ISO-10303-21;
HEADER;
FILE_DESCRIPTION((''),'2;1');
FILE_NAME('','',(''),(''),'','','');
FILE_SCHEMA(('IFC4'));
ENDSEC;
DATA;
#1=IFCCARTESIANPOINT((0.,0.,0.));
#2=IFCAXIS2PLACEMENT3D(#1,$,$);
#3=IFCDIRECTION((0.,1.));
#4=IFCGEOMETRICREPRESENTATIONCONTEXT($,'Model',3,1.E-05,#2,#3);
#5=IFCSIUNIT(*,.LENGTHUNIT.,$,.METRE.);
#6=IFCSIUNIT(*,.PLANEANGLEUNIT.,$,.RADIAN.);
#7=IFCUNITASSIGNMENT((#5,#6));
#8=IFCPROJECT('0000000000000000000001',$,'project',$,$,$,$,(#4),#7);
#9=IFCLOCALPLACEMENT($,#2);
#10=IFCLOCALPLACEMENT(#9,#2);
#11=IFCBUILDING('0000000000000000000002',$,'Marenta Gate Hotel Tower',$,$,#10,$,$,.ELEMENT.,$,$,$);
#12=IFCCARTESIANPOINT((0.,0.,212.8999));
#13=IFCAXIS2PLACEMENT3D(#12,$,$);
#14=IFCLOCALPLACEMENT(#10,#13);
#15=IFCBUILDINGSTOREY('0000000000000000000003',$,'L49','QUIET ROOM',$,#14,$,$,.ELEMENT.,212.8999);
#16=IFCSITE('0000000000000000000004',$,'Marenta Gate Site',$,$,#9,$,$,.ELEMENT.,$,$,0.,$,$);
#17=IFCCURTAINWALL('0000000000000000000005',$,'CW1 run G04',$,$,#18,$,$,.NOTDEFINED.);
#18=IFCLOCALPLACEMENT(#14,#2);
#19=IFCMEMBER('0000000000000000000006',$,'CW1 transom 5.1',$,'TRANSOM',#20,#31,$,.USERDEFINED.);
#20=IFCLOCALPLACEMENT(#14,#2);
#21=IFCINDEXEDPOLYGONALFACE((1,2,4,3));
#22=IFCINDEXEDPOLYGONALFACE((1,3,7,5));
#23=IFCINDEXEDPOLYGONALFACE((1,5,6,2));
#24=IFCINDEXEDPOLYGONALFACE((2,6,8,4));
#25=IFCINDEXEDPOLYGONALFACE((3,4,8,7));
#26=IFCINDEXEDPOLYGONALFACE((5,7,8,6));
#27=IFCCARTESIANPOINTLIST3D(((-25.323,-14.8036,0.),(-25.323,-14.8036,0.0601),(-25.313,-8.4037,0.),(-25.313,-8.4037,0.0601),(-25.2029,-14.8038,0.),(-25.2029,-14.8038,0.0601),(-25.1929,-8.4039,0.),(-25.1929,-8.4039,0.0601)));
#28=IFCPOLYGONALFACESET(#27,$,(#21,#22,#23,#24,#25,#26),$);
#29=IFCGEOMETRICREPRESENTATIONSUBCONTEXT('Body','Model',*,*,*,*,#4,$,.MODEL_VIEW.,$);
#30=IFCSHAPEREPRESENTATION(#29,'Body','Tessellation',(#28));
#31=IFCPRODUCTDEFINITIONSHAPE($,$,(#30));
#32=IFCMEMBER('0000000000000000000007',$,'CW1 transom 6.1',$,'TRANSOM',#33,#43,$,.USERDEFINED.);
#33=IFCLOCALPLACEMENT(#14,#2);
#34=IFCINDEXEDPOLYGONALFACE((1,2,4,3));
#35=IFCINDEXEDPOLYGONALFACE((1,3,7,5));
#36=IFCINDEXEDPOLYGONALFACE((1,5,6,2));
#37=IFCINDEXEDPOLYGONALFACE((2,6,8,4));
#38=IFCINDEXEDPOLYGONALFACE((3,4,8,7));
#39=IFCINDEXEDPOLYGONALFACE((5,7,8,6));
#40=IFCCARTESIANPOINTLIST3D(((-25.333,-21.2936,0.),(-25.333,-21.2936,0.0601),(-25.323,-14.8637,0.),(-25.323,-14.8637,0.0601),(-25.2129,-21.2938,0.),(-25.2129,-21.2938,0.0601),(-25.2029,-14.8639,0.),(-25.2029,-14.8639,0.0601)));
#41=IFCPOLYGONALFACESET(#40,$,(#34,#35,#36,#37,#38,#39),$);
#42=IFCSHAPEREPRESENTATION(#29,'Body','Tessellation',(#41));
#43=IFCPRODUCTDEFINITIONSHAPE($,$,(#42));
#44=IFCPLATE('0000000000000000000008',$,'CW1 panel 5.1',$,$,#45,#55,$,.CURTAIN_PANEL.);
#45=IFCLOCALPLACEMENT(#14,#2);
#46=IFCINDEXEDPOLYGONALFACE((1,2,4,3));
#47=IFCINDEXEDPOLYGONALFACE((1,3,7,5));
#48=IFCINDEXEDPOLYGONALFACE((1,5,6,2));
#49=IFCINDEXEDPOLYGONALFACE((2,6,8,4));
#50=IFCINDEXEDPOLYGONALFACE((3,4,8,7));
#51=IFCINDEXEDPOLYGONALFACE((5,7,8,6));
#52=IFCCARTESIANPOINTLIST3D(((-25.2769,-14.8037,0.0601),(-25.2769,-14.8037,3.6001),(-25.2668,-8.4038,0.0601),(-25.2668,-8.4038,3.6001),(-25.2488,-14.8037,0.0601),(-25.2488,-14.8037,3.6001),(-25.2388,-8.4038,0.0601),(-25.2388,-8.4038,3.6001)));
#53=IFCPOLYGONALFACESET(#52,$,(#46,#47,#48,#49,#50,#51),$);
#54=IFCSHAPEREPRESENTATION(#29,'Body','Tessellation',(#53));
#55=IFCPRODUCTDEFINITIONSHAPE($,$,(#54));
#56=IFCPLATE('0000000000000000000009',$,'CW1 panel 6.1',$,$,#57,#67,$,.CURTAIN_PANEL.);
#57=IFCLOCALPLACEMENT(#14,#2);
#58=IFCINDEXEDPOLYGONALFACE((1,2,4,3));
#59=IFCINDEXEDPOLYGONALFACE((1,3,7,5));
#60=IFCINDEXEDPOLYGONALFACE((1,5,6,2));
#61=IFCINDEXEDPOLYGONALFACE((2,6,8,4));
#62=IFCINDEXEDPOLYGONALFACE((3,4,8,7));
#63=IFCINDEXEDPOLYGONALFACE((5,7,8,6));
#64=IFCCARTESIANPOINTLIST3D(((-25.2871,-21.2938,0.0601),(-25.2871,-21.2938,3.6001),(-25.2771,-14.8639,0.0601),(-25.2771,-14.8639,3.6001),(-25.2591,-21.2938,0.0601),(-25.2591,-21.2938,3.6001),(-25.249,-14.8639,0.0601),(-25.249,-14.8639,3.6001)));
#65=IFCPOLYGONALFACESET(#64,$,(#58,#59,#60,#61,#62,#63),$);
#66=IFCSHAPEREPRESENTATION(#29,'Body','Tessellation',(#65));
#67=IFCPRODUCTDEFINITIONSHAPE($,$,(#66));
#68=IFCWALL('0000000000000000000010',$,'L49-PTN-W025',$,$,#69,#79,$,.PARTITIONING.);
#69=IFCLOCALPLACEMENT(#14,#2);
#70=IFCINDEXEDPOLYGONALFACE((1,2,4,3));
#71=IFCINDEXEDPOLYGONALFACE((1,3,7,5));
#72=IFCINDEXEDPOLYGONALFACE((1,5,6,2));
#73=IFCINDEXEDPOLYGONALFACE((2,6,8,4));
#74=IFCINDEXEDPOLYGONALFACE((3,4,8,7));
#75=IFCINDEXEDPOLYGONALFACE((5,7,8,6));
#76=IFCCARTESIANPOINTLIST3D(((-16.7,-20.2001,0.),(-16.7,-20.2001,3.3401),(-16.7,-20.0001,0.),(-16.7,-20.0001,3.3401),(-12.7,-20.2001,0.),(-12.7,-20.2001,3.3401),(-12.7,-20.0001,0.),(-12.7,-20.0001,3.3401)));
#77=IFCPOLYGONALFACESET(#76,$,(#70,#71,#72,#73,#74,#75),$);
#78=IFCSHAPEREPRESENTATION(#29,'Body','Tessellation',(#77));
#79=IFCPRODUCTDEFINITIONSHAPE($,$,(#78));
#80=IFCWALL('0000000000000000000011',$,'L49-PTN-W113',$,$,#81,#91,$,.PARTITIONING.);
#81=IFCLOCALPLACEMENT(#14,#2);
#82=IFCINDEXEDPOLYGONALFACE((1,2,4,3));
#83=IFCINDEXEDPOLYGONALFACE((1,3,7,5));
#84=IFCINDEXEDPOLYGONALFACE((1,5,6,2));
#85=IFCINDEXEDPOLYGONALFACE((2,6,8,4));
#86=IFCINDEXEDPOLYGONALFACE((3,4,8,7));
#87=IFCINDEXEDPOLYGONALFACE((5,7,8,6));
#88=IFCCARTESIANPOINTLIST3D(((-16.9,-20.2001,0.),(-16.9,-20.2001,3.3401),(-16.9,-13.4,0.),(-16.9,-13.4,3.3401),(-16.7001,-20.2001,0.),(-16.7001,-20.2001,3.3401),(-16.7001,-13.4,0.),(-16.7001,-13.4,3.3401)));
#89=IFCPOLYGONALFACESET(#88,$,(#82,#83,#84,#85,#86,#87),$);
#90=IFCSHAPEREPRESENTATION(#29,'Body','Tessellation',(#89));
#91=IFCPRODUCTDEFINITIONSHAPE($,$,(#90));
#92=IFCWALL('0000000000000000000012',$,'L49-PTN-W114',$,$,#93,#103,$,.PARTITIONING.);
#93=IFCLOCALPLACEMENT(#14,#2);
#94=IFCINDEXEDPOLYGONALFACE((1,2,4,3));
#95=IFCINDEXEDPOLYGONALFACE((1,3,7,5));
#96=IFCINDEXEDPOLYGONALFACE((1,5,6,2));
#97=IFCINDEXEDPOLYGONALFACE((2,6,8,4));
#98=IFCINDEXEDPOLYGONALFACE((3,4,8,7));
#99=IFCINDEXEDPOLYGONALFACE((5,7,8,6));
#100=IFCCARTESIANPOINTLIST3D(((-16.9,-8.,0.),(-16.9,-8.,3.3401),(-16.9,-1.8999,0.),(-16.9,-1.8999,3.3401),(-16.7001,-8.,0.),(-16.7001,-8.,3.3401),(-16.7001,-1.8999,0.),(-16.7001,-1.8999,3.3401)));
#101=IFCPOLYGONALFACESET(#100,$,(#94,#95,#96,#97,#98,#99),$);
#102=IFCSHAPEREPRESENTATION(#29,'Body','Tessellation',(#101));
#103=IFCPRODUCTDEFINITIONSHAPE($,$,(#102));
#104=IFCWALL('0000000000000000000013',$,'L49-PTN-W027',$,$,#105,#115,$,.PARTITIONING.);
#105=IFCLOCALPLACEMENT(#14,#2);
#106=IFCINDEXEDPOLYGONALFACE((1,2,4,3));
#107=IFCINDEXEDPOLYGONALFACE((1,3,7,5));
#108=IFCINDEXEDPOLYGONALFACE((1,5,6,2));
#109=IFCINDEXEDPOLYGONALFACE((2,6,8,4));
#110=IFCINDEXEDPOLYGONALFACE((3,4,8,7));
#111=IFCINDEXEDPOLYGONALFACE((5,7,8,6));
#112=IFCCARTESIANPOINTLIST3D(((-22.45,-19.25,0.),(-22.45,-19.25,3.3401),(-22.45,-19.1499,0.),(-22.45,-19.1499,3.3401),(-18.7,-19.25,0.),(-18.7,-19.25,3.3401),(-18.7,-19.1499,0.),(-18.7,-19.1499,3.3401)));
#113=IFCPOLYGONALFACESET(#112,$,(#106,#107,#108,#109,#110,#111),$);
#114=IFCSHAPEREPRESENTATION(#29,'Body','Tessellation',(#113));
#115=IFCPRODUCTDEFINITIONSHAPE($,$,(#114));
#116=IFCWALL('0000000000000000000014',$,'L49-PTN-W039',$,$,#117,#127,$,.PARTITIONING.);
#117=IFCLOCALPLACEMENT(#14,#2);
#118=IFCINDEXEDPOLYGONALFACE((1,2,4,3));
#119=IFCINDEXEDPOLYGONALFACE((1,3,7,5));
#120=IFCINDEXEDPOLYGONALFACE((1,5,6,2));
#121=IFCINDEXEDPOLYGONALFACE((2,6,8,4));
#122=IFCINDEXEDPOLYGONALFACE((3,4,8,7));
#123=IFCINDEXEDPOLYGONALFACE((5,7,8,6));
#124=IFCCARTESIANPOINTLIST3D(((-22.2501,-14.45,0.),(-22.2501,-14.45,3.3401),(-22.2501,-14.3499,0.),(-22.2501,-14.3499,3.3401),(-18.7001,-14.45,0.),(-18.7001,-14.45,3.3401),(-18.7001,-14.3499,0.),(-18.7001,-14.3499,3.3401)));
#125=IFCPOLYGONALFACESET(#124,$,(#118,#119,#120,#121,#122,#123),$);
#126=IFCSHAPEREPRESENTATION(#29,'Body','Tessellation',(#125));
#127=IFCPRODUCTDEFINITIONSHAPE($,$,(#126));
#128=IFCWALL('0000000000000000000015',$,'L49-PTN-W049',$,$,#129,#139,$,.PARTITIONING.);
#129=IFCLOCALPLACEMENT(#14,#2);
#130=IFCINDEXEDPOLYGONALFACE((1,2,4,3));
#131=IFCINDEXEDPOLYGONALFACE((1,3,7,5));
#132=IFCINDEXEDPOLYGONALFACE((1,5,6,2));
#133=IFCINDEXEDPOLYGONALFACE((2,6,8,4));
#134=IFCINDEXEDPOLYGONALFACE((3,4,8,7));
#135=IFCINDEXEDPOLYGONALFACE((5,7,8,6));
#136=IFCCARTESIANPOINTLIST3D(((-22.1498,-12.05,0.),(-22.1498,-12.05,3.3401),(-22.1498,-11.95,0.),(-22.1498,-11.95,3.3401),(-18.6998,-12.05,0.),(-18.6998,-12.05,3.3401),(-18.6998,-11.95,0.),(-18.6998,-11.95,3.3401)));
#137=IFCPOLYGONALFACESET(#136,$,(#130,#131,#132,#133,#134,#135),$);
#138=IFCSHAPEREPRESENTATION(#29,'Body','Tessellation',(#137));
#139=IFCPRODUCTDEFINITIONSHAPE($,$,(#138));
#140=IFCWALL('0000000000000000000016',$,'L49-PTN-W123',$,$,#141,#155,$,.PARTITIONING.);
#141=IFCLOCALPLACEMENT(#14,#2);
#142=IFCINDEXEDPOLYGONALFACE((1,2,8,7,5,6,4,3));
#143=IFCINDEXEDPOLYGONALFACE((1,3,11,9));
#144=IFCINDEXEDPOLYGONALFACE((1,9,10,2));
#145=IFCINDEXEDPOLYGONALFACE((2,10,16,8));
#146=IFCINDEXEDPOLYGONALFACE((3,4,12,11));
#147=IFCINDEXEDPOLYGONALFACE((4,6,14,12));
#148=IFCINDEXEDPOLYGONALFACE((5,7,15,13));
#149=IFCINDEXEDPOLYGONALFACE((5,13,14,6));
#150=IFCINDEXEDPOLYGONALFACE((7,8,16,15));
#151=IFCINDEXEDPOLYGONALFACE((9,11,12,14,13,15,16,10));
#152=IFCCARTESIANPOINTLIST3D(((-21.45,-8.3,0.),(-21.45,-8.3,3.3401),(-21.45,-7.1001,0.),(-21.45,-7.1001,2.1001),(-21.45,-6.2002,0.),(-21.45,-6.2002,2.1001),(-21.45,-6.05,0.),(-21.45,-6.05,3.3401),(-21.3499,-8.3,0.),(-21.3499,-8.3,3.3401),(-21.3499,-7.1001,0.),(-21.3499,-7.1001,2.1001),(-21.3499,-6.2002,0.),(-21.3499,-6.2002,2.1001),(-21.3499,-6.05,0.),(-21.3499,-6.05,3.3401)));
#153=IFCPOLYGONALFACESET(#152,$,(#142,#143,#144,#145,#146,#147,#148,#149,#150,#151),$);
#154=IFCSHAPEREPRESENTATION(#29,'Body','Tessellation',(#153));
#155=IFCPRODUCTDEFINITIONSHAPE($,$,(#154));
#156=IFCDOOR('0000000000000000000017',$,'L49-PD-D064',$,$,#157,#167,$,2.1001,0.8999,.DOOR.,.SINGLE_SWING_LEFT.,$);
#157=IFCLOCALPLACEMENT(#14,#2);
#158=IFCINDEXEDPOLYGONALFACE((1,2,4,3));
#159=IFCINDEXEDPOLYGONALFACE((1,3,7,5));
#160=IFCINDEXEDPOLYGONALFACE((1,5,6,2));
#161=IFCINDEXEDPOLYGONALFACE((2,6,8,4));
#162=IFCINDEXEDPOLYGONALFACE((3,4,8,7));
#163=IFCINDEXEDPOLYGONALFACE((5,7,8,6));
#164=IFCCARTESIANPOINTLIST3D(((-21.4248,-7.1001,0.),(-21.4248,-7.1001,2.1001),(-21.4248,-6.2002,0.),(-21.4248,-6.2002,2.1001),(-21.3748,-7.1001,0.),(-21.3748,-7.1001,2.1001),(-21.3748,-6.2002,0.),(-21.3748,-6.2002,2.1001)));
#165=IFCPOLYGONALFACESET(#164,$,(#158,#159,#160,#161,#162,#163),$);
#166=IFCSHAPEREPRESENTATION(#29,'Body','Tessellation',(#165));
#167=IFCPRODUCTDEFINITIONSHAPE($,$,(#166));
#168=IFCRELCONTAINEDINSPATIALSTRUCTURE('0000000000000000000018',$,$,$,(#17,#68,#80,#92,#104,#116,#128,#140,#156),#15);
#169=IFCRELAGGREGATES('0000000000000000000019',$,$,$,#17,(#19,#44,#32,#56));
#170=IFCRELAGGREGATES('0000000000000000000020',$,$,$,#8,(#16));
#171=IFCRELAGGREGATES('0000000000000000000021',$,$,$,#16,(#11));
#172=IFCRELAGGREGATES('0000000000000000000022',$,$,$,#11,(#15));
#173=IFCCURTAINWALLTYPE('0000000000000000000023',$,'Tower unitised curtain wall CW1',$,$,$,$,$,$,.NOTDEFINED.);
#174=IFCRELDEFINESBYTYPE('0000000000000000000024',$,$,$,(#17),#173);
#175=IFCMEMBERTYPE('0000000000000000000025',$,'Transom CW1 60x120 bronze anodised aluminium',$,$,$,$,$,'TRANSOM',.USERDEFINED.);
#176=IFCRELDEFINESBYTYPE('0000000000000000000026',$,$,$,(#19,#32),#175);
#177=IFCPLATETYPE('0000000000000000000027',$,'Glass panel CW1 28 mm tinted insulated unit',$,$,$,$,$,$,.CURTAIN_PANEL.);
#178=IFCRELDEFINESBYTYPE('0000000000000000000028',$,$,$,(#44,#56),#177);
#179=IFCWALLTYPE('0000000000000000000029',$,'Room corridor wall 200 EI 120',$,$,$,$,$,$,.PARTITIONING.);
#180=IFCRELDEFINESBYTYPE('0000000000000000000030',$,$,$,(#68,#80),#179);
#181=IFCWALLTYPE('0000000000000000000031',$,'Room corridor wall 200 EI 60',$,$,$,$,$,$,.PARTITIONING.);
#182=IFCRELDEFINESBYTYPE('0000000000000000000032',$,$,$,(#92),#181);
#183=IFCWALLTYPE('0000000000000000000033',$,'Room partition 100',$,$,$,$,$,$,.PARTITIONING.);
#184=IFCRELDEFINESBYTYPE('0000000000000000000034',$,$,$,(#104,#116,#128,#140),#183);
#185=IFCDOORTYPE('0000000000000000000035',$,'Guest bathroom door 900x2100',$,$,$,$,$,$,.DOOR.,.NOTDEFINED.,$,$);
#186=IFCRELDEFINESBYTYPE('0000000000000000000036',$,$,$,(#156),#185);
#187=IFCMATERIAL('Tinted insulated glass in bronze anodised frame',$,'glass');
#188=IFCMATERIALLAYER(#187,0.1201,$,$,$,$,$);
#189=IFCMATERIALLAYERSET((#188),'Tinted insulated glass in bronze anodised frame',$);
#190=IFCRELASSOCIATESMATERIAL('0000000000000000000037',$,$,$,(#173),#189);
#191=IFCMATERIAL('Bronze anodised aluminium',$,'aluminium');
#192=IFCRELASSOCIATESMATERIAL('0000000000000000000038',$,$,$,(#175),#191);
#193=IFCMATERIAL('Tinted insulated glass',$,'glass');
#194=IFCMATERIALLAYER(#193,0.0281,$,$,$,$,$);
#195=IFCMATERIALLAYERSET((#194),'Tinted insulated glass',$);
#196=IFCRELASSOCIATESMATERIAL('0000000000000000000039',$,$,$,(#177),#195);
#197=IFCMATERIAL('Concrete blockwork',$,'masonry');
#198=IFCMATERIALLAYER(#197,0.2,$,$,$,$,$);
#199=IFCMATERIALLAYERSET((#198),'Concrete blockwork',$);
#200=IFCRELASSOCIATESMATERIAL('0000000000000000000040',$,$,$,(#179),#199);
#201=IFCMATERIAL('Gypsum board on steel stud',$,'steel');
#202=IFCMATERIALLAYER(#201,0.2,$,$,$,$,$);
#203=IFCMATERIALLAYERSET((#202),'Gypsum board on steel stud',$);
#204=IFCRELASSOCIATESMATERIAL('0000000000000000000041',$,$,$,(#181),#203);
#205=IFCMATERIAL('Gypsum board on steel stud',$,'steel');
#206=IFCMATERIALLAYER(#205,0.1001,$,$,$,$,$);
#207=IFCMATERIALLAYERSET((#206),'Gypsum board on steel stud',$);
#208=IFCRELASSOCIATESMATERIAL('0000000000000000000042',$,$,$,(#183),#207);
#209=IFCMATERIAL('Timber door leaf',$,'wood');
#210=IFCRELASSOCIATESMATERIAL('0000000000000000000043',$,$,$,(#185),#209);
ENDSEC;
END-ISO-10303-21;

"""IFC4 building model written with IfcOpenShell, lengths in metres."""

from ifc_helpers import new_model, si_unit, direction, frame, frame_2d, origin, origin_2d, place, context, subcontext, project, spatial, rectangle, extrude, material, layer, layer_set, material_profile, profile_set, type_object, element, fill, aggregate, save


model = new_model("IFC4")

# Units and contexts
model_context = context("Model", 3, precision=1e-05, world=origin(), true_north=direction((0.0, 1.0)))
body_context = subcontext(model_context, "Body", "Model", "MODEL_VIEW")
ifc_project = project(units=[si_unit("LENGTHUNIT", "METRE"), si_unit("PLANEANGLEUNIT", "RADIAN")], contexts=[model_context])

# Site, building, storey
site_placement = place(None, origin())
site = spatial("IfcSite", under=ifc_project, at=site_placement, Name="Marenta Gate Site", CompositionType="ELEMENT", RefElevation=0.0)
building_placement = place(site_placement, origin())
building = spatial("IfcBuilding", under=site, at=building_placement, Name="Marenta Gate Hotel Tower", CompositionType="ELEMENT")
storey_placement = place(building_placement, frame((0.0, 0.0, 212.8999)))
storey = spatial("IfcBuildingStorey", under=building, at=storey_placement, Name="L49", Description="QUIET ROOM", CompositionType="ELEMENT", Elevation=212.8999)

# Curtain wall
ifc_material_1 = material(Name="Tinted insulated glass in bronze anodised frame", Category="glass")
ifc_layer_1 = layer(ifc_material_1, 0.1201)
ifc_layer_set_1 = layer_set([ifc_layer_1], Name="Tinted insulated glass in bronze anodised frame")
curtain_wall_type = type_object("IfcCurtainWallType", Name="Tower unitised curtain wall CW1", PredefinedType="NOTDEFINED", material=ifc_layer_set_1)
curtain_wall_1_placement = place(storey_placement, origin())
curtain_wall_1 = element("IfcCurtainWall", 1, at=curtain_wall_1_placement, inside=storey, type_object=curtain_wall_type, Name="CW1 run G04", PredefinedType="NOTDEFINED")

# Members
ifc_material_2 = material(Name="Bronze anodised aluminium", Category="aluminium")
ifc_material_profile_1 = material_profile(ifc_material_2, rectangle(XDim=0.1201, YDim=0.0601, at=origin_2d()), Name="Transom CW1 60x120 bronze anodised aluminium")
ifc_profile_set_1 = profile_set([ifc_material_profile_1], Name="Bronze anodised aluminium")
member_type_1 = type_object("IfcMemberType", Name="Transom CW1 60x120 bronze anodised aluminium", ElementType="TRANSOM", PredefinedType="USERDEFINED", material=ifc_profile_set_1)
member_1_placement = place(storey_placement, frame((-25.2529, -8.4038, 0.03), z_axis=(-0.001564, -0.999999, 0.0), x_axis=(0.999999, -0.001564, 0.0)))
member_1 = element("IfcMember", 2, at=member_1_placement, type_object=member_type_1, Name="CW1 transom 5.1", ObjectType="TRANSOM", PredefinedType="USERDEFINED", context=body_context, shape_type="SweptSolid", body=[
    extrude(rectangle(XDim=0.1201, YDim=0.0601, at=origin_2d()), origin(), (0.0, 0.0, 1.0), 6.3999),
])
member_2_placement = place(storey_placement, frame((-25.2629, -14.8638, 0.03), z_axis=(-0.001557, -0.999999, 0.0), x_axis=(0.999999, -0.001557, 0.0)))
member_2 = element("IfcMember", 3, at=member_2_placement, type_object=member_type_1, Name="CW1 transom 6.1", ObjectType="TRANSOM", PredefinedType="USERDEFINED", context=body_context, shape_type="SweptSolid", body=[
    extrude(rectangle(XDim=0.1201, YDim=0.0601, at=origin_2d()), origin(), (0.0, 0.0, 1.0), 6.4299),
])

# Plates
ifc_material_3 = material(Name="Tinted insulated glass", Category="glass")
ifc_layer_2 = layer(ifc_material_3, 0.0281)
ifc_layer_set_2 = layer_set([ifc_layer_2], Name="Tinted insulated glass")
plate_type = type_object("IfcPlateType", Name="Glass panel CW1 28 mm tinted insulated unit", PredefinedType="CURTAIN_PANEL", material=ifc_layer_set_2)
plate_1_placement = place(storey_placement, frame((-25.2578, -11.6038, 0.0601), z_axis=(0.0, 0.0, 1.0), x_axis=(-0.001566, -0.999999, 0.0)))
plate_1 = element("IfcPlate", 4, at=plate_1_placement, type_object=plate_type, Name="CW1 panel 5.1", PredefinedType="CURTAIN_PANEL", context=body_context, shape_type="SweptSolid", body=[
    extrude(rectangle(XDim=6.3999, YDim=0.0281, at=origin_2d()), origin(), (0.0, 0.0, 1.0), 3.54),
])
plate_2_placement = place(storey_placement, frame((-25.2681, -18.0789, 0.0601), z_axis=(0.0, 0.0, 1.0), x_axis=(-0.001566, -0.999999, 0.0)))
plate_2 = element("IfcPlate", 5, at=plate_2_placement, type_object=plate_type, Name="CW1 panel 6.1", PredefinedType="CURTAIN_PANEL", context=body_context, shape_type="SweptSolid", body=[
    extrude(rectangle(XDim=6.4299, YDim=0.0281, at=origin_2d()), origin(), (0.0, 0.0, 1.0), 3.54),
])
aggregate(curtain_wall_1, [member_1, plate_1, member_2, plate_2])

# Walls
ifc_material_4 = material(Name="Concrete blockwork", Category="masonry")
ifc_layer_3 = layer(ifc_material_4, 0.2)
ifc_layer_set_3 = layer_set([ifc_layer_3], Name="Concrete blockwork")
wall_type_1 = type_object("IfcWallType", Name="Room corridor wall 200 EI 120", PredefinedType="PARTITIONING", material=ifc_layer_set_3)
wall_1_placement = place(storey_placement, frame((-16.7, -20.1001, 0.0), z_axis=(0.0, 0.0, 1.0), x_axis=(1.0, 0.0, 0.0)))
element("IfcWall", 6, at=wall_1_placement, inside=storey, type_object=wall_type_1, Name="L49-PTN-W025", PredefinedType="PARTITIONING", context=body_context, shape_type="SweptSolid", body=[
    extrude(rectangle(XDim=4.0, YDim=0.2, at=frame_2d((2.0, 0.0))), origin(), (0.0, 0.0, 1.0), 3.3401),
])
wall_2_placement = place(storey_placement, frame((-16.8, -20.2, 0.0), z_axis=(0.0, 0.0, 1.0), x_axis=(0.0, 1.0, 0.0)))
element("IfcWall", 7, at=wall_2_placement, inside=storey, type_object=wall_type_1, Name="L49-PTN-W113", PredefinedType="PARTITIONING", context=body_context, shape_type="SweptSolid", body=[
    extrude(rectangle(XDim=6.8, YDim=0.2, at=frame_2d((3.3999, 0.0))), origin(), (0.0, 0.0, 1.0), 3.3401),
])
ifc_material_5 = material(Name="Gypsum board on steel stud", Category="steel")
ifc_layer_4 = layer(ifc_material_5, 0.2)
ifc_layer_set_4 = layer_set([ifc_layer_4], Name="Gypsum board on steel stud")
wall_type_2 = type_object("IfcWallType", Name="Room corridor wall 200 EI 60", PredefinedType="PARTITIONING", material=ifc_layer_set_4)
wall_3_placement = place(storey_placement, frame((-16.8, -8.0, 0.0), z_axis=(0.0, 0.0, 1.0), x_axis=(0.0, 1.0, 0.0)))
element("IfcWall", 8, at=wall_3_placement, inside=storey, type_object=wall_type_2, Name="L49-PTN-W114", PredefinedType="PARTITIONING", context=body_context, shape_type="SweptSolid", body=[
    extrude(rectangle(XDim=6.1001, YDim=0.2, at=frame_2d((3.05, 0.0))), origin(), (0.0, 0.0, 1.0), 3.3401),
])
ifc_material_6 = material(Name="Gypsum board on steel stud", Category="steel")
ifc_layer_5 = layer(ifc_material_6, 0.1001)
ifc_layer_set_5 = layer_set([ifc_layer_5], Name="Gypsum board on steel stud")
wall_type_3 = type_object("IfcWallType", Name="Room partition 100", PredefinedType="PARTITIONING", material=ifc_layer_set_5)
wall_4_placement = place(storey_placement, frame((-22.45, -19.2, 0.0), z_axis=(0.0, 0.0, 1.0), x_axis=(1.0, 0.0, 0.0)))
element("IfcWall", 9, at=wall_4_placement, inside=storey, type_object=wall_type_3, Name="L49-PTN-W027", PredefinedType="PARTITIONING", context=body_context, shape_type="SweptSolid", body=[
    extrude(rectangle(XDim=3.75, YDim=0.1001, at=frame_2d((1.875, 0.0))), origin(), (0.0, 0.0, 1.0), 3.3401),
])
wall_5_placement = place(storey_placement, frame((-22.25, -14.3999, 0.0), z_axis=(0.0, 0.0, 1.0), x_axis=(1.0, 0.0, 0.0)))
element("IfcWall", 10, at=wall_5_placement, inside=storey, type_object=wall_type_3, Name="L49-PTN-W039", PredefinedType="PARTITIONING", context=body_context, shape_type="SweptSolid", body=[
    extrude(rectangle(XDim=3.55, YDim=0.1001, at=frame_2d((1.7749, 0.0))), origin(), (0.0, 0.0, 1.0), 3.3401),
])
wall_6_placement = place(storey_placement, frame((-22.1499, -12.0, 0.0), z_axis=(0.0, 0.0, 1.0), x_axis=(1.0, 0.0, 0.0)))
element("IfcWall", 11, at=wall_6_placement, inside=storey, type_object=wall_type_3, Name="L49-PTN-W049", PredefinedType="PARTITIONING", context=body_context, shape_type="SweptSolid", body=[
    extrude(rectangle(XDim=3.45, YDim=0.1001, at=frame_2d((1.7251, 0.0))), origin(), (0.0, 0.0, 1.0), 3.3401),
])

# Wall, opening, door
wall_7_placement = place(storey_placement, frame((-21.3999, -8.3, 0.0), z_axis=(0.0, 0.0, 1.0), x_axis=(0.0, 1.0, 0.0)))
wall_7 = element("IfcWall", 12, at=wall_7_placement, inside=storey, type_object=wall_type_3, Name="L49-PTN-W123", PredefinedType="PARTITIONING", context=body_context, shape_type="SweptSolid", body=[
    extrude(rectangle(XDim=2.25, YDim=0.1001, at=frame_2d((1.125, 0.0))), origin(), (0.0, 0.0, 1.0), 3.3401),
])
opening_1_placement = place(wall_7_placement, frame((1.2, 0.0, 0.0)))
opening_1 = element("IfcOpeningElement", 13, at=opening_1_placement, cuts=wall_7, PredefinedType="OPENING", context=body_context, shape_type="SweptSolid", body=[
    extrude(rectangle(XDim=0.8999, YDim=2.1001, at=frame_2d((0.45, 1.05))), frame((0.0, 0.05, 0.0), z_axis=(0.0, -1.0, 0.0), x_axis=(1.0, 0.0, 0.0)), (0.0, 0.0, 1.0), 0.1001),
])
ifc_material_7 = material(Name="Timber door leaf", Category="wood")
door_type_1 = type_object("IfcDoorType", Name="Guest bathroom door 900x2100", OperationType="NOTDEFINED", PredefinedType="DOOR", material=ifc_material_7)
door_1_placement = place(opening_1_placement, origin())
door_1 = element("IfcDoor", 14, at=door_1_placement, inside=storey, type_object=door_type_1, Name="L49-PD-D064", OperationType="SINGLE_SWING_LEFT", OverallHeight=2.1001, OverallWidth=0.8999, PredefinedType="DOOR", context=body_context, shape_type="SweptSolid", body=[
    extrude(rectangle(XDim=0.8999, YDim=2.1001, at=frame_2d((0.45, 1.05))), frame((0.0, 0.0249, 0.0), z_axis=(0.0, -1.0, 0.0), x_axis=(1.0, 0.0, 0.0)), (0.0, 0.0, 1.0), 0.05),
])
fill(opening_1, door_1)

save(model, "model.ifc")
